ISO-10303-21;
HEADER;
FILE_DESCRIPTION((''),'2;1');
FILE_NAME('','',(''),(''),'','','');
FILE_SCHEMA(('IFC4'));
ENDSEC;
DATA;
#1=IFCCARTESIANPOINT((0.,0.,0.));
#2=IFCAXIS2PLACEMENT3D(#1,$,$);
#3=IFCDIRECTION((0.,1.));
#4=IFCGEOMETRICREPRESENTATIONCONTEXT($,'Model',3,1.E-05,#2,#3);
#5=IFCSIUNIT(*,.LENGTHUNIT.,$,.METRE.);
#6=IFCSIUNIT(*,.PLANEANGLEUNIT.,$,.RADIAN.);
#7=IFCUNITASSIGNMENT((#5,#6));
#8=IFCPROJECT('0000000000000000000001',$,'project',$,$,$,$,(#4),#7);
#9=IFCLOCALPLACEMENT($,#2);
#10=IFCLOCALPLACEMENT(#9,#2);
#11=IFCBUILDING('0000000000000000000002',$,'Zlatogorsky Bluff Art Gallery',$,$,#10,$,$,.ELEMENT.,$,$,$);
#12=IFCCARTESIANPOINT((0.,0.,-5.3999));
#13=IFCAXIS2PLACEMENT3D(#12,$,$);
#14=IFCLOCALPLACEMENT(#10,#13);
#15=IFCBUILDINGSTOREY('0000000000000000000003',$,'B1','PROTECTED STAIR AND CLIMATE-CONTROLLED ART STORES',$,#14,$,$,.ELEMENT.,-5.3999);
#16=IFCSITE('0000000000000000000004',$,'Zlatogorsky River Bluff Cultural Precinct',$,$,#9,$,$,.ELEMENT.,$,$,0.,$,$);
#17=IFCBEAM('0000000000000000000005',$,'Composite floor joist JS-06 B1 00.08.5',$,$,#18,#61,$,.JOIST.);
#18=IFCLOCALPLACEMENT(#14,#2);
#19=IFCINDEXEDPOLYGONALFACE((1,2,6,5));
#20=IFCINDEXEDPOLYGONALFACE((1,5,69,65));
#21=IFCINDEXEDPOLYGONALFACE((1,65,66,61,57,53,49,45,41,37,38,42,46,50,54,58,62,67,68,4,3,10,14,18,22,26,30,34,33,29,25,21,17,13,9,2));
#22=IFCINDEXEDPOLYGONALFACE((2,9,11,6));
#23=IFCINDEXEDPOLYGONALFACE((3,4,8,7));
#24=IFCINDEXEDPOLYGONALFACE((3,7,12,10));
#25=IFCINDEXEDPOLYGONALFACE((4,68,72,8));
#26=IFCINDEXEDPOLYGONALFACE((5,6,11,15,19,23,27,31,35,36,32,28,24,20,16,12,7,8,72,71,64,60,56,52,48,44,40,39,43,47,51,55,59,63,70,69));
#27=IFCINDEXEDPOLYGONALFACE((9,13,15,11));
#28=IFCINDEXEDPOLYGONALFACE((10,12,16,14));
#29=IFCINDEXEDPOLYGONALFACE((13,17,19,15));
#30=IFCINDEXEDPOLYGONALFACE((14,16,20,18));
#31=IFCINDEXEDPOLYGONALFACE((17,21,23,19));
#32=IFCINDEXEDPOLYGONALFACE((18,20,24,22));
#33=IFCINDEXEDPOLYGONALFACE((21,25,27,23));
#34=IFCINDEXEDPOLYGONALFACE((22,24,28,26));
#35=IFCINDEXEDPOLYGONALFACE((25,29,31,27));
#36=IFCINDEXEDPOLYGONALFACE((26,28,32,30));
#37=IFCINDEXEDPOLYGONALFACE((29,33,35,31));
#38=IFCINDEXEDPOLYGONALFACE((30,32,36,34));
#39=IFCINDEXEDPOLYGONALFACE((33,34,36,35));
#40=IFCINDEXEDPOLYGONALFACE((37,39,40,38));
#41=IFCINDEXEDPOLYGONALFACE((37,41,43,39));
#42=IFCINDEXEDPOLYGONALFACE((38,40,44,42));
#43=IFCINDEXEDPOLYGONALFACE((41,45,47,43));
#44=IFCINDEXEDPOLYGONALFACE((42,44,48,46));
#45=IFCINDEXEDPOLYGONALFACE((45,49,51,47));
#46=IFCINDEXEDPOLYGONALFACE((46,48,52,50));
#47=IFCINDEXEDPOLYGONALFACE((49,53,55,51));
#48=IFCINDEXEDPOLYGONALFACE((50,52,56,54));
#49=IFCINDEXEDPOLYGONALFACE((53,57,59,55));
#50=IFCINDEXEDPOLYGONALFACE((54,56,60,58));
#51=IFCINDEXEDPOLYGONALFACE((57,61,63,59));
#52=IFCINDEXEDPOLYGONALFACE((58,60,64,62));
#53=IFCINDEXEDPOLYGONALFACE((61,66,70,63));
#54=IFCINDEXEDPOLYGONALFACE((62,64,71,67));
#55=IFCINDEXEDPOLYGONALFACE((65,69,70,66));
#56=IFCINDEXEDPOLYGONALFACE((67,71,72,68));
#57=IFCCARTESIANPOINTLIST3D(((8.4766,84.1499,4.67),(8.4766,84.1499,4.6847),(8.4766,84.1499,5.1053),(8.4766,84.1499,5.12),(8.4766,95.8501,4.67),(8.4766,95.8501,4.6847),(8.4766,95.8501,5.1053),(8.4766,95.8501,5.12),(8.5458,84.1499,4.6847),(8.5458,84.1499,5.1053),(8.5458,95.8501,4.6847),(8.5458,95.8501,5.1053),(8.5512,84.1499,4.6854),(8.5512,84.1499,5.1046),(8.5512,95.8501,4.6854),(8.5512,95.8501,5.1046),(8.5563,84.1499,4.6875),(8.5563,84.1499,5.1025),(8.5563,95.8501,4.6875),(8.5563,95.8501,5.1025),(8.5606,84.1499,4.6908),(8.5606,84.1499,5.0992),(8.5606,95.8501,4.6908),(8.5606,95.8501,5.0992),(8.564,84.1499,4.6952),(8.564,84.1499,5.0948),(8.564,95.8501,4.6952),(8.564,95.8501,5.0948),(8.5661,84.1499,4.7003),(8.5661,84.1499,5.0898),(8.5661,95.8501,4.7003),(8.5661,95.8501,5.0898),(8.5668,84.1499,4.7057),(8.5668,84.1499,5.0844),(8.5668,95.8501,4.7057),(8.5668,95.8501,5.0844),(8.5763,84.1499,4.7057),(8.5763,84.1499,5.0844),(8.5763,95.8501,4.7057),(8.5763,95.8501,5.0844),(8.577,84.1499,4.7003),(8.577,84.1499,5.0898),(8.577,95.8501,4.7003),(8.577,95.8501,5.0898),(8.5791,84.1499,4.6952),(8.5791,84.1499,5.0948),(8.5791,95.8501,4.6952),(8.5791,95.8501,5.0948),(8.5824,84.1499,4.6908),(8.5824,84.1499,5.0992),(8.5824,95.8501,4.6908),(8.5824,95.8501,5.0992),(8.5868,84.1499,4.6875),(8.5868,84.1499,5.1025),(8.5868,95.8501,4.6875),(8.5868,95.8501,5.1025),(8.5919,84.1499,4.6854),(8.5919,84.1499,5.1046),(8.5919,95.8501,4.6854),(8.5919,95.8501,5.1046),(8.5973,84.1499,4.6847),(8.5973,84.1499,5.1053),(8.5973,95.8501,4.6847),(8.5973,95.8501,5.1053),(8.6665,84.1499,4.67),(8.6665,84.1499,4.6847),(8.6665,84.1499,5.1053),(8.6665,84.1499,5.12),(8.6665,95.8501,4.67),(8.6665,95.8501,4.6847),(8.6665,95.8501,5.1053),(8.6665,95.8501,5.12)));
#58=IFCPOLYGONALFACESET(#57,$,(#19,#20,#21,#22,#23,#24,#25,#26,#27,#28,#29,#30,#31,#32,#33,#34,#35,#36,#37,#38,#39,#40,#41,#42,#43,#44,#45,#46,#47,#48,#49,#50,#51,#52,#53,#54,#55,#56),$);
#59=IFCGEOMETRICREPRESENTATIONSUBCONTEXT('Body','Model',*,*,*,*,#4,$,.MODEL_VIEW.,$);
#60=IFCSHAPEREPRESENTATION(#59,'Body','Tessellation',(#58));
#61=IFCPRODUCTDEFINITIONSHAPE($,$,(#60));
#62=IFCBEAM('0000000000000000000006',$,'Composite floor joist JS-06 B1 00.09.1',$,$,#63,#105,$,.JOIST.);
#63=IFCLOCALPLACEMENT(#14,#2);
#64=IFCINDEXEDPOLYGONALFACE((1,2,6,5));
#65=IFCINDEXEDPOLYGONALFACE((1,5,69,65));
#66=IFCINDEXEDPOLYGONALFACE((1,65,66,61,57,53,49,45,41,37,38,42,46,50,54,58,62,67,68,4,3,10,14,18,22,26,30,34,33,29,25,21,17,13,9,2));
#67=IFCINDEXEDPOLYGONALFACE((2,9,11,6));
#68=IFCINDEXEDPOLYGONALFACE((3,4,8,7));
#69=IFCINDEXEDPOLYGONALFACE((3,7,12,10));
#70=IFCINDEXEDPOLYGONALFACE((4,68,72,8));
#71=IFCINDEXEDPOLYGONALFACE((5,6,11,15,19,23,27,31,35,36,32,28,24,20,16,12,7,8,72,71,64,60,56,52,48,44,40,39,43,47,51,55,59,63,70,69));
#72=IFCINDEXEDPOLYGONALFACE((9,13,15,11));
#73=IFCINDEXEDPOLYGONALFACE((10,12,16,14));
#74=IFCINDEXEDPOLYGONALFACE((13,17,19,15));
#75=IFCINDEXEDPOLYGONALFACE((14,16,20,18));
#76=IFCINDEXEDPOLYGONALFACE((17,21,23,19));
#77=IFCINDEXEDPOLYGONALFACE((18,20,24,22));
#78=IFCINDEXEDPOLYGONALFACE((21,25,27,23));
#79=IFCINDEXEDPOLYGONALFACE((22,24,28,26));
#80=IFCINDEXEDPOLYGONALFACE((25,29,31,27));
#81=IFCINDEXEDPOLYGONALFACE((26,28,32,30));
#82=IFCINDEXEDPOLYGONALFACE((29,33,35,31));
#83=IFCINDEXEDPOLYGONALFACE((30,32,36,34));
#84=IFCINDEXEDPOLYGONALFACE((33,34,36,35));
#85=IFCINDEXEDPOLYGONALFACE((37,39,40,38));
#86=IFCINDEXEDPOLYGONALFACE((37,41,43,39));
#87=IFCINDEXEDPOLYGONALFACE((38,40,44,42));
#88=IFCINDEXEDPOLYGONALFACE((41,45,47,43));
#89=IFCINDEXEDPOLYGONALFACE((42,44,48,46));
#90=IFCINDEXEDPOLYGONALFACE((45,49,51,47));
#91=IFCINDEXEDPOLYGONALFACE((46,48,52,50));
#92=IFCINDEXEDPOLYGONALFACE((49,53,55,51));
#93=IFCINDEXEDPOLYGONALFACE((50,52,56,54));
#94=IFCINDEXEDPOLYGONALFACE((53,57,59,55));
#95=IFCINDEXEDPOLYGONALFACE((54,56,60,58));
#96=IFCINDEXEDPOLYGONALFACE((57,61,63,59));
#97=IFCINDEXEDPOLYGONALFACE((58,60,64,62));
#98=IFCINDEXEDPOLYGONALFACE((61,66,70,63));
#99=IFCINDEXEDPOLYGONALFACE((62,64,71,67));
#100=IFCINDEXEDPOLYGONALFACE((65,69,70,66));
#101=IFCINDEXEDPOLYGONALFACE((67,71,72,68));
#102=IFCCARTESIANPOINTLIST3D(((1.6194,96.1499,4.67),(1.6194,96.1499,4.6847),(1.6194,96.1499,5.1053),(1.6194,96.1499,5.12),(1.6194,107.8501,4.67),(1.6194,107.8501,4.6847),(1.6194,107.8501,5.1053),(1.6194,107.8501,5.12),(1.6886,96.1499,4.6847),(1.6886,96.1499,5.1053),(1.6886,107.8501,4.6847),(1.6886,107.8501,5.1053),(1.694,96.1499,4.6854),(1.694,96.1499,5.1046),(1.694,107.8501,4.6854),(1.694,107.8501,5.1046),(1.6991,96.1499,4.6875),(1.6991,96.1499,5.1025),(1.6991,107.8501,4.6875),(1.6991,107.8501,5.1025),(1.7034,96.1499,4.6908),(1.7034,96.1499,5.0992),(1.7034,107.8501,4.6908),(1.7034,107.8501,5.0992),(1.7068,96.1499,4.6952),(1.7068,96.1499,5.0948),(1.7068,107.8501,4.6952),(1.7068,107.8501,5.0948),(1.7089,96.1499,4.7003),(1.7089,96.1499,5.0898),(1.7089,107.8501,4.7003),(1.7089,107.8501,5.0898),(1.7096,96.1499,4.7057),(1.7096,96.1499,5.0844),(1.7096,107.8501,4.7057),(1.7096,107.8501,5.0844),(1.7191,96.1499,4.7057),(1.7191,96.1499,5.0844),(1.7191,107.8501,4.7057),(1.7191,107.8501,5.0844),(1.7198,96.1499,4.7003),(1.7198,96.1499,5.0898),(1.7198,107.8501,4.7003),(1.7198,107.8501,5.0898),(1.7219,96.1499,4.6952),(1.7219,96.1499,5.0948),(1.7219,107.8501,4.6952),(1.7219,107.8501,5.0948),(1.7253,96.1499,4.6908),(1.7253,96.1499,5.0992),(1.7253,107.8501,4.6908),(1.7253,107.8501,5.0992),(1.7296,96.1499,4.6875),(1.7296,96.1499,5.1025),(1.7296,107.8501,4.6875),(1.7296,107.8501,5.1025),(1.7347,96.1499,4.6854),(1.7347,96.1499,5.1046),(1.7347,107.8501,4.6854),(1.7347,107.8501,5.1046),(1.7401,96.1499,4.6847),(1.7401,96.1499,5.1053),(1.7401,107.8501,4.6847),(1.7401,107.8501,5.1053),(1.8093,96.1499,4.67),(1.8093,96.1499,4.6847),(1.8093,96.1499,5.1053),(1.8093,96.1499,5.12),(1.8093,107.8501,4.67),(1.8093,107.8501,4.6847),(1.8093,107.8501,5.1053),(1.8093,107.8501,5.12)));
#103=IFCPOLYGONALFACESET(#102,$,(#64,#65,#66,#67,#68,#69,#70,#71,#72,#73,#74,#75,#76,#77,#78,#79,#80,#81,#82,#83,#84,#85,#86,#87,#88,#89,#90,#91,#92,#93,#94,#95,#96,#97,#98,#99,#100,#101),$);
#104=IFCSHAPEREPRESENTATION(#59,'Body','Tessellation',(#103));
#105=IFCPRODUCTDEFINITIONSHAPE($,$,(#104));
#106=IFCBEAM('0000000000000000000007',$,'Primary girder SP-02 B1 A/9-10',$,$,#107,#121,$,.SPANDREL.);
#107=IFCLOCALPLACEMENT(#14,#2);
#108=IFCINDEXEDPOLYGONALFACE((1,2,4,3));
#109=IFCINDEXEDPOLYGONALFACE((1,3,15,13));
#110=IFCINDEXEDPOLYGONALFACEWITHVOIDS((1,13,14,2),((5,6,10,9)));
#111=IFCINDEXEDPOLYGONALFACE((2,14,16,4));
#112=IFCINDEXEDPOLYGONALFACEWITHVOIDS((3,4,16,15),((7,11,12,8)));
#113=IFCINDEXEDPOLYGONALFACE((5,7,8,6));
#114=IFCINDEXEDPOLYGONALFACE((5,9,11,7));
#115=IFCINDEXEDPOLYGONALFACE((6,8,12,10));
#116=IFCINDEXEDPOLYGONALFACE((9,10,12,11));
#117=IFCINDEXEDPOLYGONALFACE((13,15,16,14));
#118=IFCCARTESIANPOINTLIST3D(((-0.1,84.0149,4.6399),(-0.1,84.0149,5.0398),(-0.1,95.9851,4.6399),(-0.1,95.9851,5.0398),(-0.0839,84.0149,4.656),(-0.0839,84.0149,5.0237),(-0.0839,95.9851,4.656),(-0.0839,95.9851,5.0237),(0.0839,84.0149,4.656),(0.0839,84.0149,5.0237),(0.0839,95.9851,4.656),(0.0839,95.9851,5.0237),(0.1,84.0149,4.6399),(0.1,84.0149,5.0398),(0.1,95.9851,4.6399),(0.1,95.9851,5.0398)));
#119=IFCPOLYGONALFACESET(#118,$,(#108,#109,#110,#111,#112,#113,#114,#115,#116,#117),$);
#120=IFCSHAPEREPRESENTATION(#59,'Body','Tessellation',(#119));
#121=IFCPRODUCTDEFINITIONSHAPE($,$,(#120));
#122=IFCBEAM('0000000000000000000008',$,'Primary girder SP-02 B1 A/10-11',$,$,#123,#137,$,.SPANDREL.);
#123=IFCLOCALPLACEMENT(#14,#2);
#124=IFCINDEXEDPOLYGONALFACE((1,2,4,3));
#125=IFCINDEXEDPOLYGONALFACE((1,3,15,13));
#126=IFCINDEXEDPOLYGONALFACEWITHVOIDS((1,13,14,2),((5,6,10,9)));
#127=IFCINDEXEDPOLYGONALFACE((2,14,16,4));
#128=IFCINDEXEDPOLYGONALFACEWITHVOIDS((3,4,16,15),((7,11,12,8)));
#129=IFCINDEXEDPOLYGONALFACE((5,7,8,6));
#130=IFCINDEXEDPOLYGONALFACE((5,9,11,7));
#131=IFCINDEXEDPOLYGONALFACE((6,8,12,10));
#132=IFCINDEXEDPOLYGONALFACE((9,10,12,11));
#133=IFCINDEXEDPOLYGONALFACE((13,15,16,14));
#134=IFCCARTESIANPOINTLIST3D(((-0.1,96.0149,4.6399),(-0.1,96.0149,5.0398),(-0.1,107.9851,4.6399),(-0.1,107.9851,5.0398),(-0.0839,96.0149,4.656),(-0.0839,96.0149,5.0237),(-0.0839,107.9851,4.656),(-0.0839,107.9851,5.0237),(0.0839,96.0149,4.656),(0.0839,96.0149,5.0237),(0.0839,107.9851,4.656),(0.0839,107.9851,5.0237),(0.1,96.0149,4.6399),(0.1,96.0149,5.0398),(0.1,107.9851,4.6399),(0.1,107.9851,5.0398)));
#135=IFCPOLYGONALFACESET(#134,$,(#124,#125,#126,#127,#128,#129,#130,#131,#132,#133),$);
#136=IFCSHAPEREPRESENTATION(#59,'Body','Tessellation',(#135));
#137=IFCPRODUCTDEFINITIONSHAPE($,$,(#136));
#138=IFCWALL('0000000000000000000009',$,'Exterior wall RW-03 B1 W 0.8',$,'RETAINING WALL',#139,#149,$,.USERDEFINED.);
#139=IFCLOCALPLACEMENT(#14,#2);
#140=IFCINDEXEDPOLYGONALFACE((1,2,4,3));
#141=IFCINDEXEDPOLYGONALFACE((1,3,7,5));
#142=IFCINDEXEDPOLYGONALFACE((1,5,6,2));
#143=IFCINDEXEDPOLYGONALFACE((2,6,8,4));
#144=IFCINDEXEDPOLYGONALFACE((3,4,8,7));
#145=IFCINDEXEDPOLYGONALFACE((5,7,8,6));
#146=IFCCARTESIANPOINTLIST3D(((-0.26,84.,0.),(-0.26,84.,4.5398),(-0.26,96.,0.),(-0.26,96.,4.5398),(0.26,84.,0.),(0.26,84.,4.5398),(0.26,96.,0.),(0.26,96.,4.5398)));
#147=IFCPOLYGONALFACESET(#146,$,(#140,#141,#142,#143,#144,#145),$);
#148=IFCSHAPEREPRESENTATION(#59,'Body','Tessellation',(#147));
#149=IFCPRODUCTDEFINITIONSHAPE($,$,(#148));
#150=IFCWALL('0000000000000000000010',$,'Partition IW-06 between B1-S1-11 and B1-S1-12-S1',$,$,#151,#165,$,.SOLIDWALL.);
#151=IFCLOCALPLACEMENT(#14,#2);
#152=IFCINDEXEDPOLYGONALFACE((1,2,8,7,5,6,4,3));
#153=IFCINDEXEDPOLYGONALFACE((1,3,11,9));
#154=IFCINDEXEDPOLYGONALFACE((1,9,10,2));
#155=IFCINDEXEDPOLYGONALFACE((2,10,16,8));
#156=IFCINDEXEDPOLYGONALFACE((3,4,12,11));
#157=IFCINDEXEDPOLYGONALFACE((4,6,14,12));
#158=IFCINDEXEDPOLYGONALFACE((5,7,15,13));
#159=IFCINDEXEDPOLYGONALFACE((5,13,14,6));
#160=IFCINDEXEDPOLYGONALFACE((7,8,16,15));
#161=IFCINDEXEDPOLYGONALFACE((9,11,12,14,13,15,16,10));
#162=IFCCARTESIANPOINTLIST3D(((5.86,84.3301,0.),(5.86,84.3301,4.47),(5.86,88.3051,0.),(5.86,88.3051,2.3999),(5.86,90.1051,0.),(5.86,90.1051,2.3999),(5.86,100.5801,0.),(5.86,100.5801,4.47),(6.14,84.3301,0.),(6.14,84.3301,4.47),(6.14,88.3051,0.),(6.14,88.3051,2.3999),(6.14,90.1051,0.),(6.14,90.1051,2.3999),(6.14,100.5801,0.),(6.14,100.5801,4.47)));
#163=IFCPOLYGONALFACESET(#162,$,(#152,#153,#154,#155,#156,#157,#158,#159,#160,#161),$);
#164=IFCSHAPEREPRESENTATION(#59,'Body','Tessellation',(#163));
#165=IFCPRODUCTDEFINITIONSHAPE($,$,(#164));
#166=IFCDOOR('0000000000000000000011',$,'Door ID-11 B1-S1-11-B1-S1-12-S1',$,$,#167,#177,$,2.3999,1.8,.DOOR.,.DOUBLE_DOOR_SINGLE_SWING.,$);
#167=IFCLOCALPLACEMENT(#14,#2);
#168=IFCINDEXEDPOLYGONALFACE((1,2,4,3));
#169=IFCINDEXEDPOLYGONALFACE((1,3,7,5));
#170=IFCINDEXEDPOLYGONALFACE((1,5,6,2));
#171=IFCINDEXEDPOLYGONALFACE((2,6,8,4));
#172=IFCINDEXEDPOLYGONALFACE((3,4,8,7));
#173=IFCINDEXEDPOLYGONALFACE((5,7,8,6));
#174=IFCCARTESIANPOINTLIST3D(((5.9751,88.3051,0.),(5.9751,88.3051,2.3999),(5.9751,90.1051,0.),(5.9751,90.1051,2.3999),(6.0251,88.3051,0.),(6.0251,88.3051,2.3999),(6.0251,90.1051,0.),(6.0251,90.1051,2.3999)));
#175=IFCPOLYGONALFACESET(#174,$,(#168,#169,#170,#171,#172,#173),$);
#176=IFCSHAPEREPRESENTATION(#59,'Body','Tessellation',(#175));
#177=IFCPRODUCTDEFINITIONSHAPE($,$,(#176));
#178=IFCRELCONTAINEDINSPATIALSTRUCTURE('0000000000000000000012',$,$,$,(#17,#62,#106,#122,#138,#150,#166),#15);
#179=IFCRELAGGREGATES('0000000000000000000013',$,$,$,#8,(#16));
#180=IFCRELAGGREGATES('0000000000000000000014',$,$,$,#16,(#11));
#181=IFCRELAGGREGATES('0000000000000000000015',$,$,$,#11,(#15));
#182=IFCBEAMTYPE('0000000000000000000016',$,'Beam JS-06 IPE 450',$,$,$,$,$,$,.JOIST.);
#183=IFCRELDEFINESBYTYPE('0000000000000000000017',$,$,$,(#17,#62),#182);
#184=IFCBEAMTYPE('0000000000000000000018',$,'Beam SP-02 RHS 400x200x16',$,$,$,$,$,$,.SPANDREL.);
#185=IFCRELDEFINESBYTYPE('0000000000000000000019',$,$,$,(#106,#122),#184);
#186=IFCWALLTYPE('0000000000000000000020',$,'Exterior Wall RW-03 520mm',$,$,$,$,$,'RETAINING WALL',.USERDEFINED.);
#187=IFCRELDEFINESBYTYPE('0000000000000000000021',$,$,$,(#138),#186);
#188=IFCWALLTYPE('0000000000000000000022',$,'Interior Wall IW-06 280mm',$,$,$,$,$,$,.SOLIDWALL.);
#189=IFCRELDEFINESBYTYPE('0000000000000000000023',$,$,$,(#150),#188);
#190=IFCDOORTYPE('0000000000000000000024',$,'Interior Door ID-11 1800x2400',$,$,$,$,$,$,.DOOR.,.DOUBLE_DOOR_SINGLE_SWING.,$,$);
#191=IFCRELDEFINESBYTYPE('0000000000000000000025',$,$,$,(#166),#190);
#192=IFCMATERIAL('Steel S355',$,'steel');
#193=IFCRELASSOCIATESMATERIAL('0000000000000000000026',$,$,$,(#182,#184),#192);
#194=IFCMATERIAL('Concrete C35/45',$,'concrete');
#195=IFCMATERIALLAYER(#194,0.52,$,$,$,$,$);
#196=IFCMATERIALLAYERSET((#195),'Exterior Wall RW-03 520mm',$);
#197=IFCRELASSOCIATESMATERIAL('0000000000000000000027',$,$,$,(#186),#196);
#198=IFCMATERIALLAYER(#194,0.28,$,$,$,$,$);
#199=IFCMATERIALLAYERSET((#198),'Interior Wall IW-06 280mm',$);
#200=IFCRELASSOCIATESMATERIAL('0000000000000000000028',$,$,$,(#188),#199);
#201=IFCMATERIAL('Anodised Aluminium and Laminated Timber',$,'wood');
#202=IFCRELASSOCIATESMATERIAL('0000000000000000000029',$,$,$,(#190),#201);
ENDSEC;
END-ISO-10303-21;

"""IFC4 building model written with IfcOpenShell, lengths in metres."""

from ifc_helpers import new_model, si_unit, direction, frame, frame_2d, origin, origin_2d, place, context, subcontext, project, spatial, rectangle, hollow_rectangle, i_section, extrude, material, layer, layer_set, material_profile, profile_set, type_object, element, fill, save


model = new_model("IFC4")

# Units and contexts
model_context = context("Model", 3, precision=1e-05, world=origin(), true_north=direction((0.0, 1.0)))
body_context = subcontext(model_context, "Body", "Model", "MODEL_VIEW")
ifc_project = project(units=[si_unit("LENGTHUNIT", "METRE"), si_unit("PLANEANGLEUNIT", "RADIAN")], contexts=[model_context])

# Site, building, storey
site_placement = place(None, origin())
site = spatial("IfcSite", under=ifc_project, at=site_placement, Name="Zlatogorsky River Bluff Cultural Precinct", CompositionType="ELEMENT", RefElevation=0.0)
building_placement = place(site_placement, origin())
building = spatial("IfcBuilding", under=site, at=building_placement, Name="Zlatogorsky Bluff Art Gallery", CompositionType="ELEMENT")
storey_placement = place(building_placement, frame((0.0, 0.0, -5.3999)))
storey = spatial("IfcBuildingStorey", under=building, at=storey_placement, Name="B1", Description="PROTECTED STAIR AND CLIMATE-CONTROLLED ART STORES", CompositionType="ELEMENT", Elevation=-5.3999)

# Shared definitions
ifc_material_1 = material(Name="Concrete C35/45", Category="concrete")

# Shared definitions
ifc_material_2 = material(Name="Steel S355", Category="steel")

# Beams
ifc_material_profile_1 = material_profile(ifc_material_2, i_section(OverallWidth=0.1899, OverallDepth=0.45, WebThickness=0.0095, FlangeThickness=0.0146, FilletRadius=0.021, at=origin_2d()), Name="IPE 450")
ifc_profile_set_1 = profile_set([ifc_material_profile_1], Name="Steel S355")
beam_type_1 = type_object("IfcBeamType", Name="Beam JS-06 IPE 450", PredefinedType="JOIST", material=ifc_profile_set_1)
for number, where, z_axis, x_axis, name in (
    (1, (8.5715, 84.1499, 4.895), (0.0, 1.0, 0.0), (-1.0, 0.0, 0.0), "Composite floor joist JS-06 B1 00.08.5"),
    (2, (1.7144, 96.1499, 4.895), (0.0, 1.0, 0.0), (-1.0, 0.0, 0.0), "Composite floor joist JS-06 B1 00.09.1"),
):
    element("IfcBeam", number, at=place(storey_placement, frame(where, z_axis=z_axis, x_axis=x_axis)), inside=storey, type_object=beam_type_1, Name=name, PredefinedType="JOIST", context=body_context, shape_type="SweptSolid", body=[
        extrude(i_section(OverallWidth=0.1899, OverallDepth=0.45, WebThickness=0.0095, FlangeThickness=0.0146, FilletRadius=0.021, at=origin_2d()), origin(), (0.0, 0.0, 1.0), 11.7002),
    ])
ifc_material_profile_2 = material_profile(ifc_material_2, hollow_rectangle(XDim=0.2, YDim=0.3999, WallThickness=0.0161, at=origin_2d()), Name="RHS 400x200x16")
ifc_profile_set_2 = profile_set([ifc_material_profile_2], Name="Steel S355")
beam_type_2 = type_object("IfcBeamType", Name="Beam SP-02 RHS 400x200x16", PredefinedType="SPANDREL", material=ifc_profile_set_2)
for number, where, z_axis, x_axis, name in (
    (3, (0.0, 84.0149, 4.8398), (0.0, 1.0, 0.0), (-1.0, 0.0, 0.0), "Primary girder SP-02 B1 A/9-10"),
    (4, (0.0, 96.0149, 4.8398), (0.0, 1.0, 0.0), (-1.0, 0.0, 0.0), "Primary girder SP-02 B1 A/10-11"),
):
    element("IfcBeam", number, at=place(storey_placement, frame(where, z_axis=z_axis, x_axis=x_axis)), inside=storey, type_object=beam_type_2, Name=name, PredefinedType="SPANDREL", context=body_context, shape_type="SweptSolid", body=[
        extrude(hollow_rectangle(XDim=0.2, YDim=0.3999, WallThickness=0.0161, at=origin_2d()), origin(), (0.0, 0.0, 1.0), 11.9702),
    ])

# Wall
ifc_layer_1 = layer(ifc_material_1, 0.52)
ifc_layer_set_1 = layer_set([ifc_layer_1], Name="Exterior Wall RW-03 520mm")
wall_type_1 = type_object("IfcWallType", Name="Exterior Wall RW-03 520mm", ElementType="RETAINING WALL", PredefinedType="USERDEFINED", material=ifc_layer_set_1)
wall_1_placement = place(storey_placement, frame((0.0, 96.0, 0.0), z_axis=(0.0, 0.0, 1.0), x_axis=(0.0, -1.0, 0.0)))
element("IfcWall", 5, at=wall_1_placement, inside=storey, type_object=wall_type_1, Name="Exterior wall RW-03 B1 W 0.8", ObjectType="RETAINING WALL", PredefinedType="USERDEFINED", context=body_context, shape_type="SweptSolid", body=[
    extrude(rectangle(XDim=12.0, YDim=0.52, at=frame_2d((6.0, 0.0))), origin(), (0.0, 0.0, 1.0), 4.5398),
])

# Wall, opening, door
ifc_layer_2 = layer(ifc_material_1, 0.28)
ifc_layer_set_2 = layer_set([ifc_layer_2], Name="Interior Wall IW-06 280mm")
wall_type_2 = type_object("IfcWallType", Name="Interior Wall IW-06 280mm", PredefinedType="SOLIDWALL", material=ifc_layer_set_2)
wall_2_placement = place(storey_placement, frame((6.0, 84.3301, 0.0), z_axis=(0.0, 0.0, 1.0), x_axis=(0.0, 1.0, 0.0)))
wall_2 = element("IfcWall", 6, at=wall_2_placement, inside=storey, type_object=wall_type_2, Name="Partition IW-06 between B1-S1-11 and B1-S1-12-S1", PredefinedType="SOLIDWALL", context=body_context, shape_type="SweptSolid", body=[
    extrude(rectangle(XDim=16.25, YDim=0.28, at=frame_2d((8.125, 0.0))), origin(), (0.0, 0.0, 1.0), 4.47),
])
opening_1_placement = place(wall_2_placement, frame((3.9751, 0.0, 0.0)))
opening_1 = element("IfcOpeningElement", 7, at=opening_1_placement, cuts=wall_2, PredefinedType="OPENING", context=body_context, shape_type="SweptSolid", body=[
    extrude(rectangle(XDim=1.8, YDim=2.3999, at=frame_2d((0.8999, 1.2))), frame((0.0, 0.1499, 0.0), z_axis=(0.0, -1.0, 0.0), x_axis=(1.0, 0.0, 0.0)), (0.0, 0.0, 1.0), 0.3),
])
ifc_material_3 = material(Name="Anodised Aluminium and Laminated Timber", Category="wood")
door_type_1 = type_object("IfcDoorType", Name="Interior Door ID-11 1800x2400", OperationType="DOUBLE_DOOR_SINGLE_SWING", PredefinedType="DOOR", material=ifc_material_3)
door_1_placement = place(opening_1_placement, origin())
door_1 = element("IfcDoor", 8, at=door_1_placement, inside=storey, type_object=door_type_1, Name="Door ID-11 B1-S1-11-B1-S1-12-S1", OperationType="DOUBLE_DOOR_SINGLE_SWING", OverallHeight=2.3999, OverallWidth=1.8, PredefinedType="DOOR", context=body_context, shape_type="SweptSolid", body=[
    extrude(rectangle(XDim=1.8, YDim=2.3999, at=frame_2d((0.8999, 1.2))), frame((0.0, 0.0249, 0.0), z_axis=(0.0, -1.0, 0.0), x_axis=(1.0, 0.0, 0.0)), (0.0, 0.0, 1.0), 0.05),
])
fill(opening_1, door_1)

save(model, "model.ifc")
